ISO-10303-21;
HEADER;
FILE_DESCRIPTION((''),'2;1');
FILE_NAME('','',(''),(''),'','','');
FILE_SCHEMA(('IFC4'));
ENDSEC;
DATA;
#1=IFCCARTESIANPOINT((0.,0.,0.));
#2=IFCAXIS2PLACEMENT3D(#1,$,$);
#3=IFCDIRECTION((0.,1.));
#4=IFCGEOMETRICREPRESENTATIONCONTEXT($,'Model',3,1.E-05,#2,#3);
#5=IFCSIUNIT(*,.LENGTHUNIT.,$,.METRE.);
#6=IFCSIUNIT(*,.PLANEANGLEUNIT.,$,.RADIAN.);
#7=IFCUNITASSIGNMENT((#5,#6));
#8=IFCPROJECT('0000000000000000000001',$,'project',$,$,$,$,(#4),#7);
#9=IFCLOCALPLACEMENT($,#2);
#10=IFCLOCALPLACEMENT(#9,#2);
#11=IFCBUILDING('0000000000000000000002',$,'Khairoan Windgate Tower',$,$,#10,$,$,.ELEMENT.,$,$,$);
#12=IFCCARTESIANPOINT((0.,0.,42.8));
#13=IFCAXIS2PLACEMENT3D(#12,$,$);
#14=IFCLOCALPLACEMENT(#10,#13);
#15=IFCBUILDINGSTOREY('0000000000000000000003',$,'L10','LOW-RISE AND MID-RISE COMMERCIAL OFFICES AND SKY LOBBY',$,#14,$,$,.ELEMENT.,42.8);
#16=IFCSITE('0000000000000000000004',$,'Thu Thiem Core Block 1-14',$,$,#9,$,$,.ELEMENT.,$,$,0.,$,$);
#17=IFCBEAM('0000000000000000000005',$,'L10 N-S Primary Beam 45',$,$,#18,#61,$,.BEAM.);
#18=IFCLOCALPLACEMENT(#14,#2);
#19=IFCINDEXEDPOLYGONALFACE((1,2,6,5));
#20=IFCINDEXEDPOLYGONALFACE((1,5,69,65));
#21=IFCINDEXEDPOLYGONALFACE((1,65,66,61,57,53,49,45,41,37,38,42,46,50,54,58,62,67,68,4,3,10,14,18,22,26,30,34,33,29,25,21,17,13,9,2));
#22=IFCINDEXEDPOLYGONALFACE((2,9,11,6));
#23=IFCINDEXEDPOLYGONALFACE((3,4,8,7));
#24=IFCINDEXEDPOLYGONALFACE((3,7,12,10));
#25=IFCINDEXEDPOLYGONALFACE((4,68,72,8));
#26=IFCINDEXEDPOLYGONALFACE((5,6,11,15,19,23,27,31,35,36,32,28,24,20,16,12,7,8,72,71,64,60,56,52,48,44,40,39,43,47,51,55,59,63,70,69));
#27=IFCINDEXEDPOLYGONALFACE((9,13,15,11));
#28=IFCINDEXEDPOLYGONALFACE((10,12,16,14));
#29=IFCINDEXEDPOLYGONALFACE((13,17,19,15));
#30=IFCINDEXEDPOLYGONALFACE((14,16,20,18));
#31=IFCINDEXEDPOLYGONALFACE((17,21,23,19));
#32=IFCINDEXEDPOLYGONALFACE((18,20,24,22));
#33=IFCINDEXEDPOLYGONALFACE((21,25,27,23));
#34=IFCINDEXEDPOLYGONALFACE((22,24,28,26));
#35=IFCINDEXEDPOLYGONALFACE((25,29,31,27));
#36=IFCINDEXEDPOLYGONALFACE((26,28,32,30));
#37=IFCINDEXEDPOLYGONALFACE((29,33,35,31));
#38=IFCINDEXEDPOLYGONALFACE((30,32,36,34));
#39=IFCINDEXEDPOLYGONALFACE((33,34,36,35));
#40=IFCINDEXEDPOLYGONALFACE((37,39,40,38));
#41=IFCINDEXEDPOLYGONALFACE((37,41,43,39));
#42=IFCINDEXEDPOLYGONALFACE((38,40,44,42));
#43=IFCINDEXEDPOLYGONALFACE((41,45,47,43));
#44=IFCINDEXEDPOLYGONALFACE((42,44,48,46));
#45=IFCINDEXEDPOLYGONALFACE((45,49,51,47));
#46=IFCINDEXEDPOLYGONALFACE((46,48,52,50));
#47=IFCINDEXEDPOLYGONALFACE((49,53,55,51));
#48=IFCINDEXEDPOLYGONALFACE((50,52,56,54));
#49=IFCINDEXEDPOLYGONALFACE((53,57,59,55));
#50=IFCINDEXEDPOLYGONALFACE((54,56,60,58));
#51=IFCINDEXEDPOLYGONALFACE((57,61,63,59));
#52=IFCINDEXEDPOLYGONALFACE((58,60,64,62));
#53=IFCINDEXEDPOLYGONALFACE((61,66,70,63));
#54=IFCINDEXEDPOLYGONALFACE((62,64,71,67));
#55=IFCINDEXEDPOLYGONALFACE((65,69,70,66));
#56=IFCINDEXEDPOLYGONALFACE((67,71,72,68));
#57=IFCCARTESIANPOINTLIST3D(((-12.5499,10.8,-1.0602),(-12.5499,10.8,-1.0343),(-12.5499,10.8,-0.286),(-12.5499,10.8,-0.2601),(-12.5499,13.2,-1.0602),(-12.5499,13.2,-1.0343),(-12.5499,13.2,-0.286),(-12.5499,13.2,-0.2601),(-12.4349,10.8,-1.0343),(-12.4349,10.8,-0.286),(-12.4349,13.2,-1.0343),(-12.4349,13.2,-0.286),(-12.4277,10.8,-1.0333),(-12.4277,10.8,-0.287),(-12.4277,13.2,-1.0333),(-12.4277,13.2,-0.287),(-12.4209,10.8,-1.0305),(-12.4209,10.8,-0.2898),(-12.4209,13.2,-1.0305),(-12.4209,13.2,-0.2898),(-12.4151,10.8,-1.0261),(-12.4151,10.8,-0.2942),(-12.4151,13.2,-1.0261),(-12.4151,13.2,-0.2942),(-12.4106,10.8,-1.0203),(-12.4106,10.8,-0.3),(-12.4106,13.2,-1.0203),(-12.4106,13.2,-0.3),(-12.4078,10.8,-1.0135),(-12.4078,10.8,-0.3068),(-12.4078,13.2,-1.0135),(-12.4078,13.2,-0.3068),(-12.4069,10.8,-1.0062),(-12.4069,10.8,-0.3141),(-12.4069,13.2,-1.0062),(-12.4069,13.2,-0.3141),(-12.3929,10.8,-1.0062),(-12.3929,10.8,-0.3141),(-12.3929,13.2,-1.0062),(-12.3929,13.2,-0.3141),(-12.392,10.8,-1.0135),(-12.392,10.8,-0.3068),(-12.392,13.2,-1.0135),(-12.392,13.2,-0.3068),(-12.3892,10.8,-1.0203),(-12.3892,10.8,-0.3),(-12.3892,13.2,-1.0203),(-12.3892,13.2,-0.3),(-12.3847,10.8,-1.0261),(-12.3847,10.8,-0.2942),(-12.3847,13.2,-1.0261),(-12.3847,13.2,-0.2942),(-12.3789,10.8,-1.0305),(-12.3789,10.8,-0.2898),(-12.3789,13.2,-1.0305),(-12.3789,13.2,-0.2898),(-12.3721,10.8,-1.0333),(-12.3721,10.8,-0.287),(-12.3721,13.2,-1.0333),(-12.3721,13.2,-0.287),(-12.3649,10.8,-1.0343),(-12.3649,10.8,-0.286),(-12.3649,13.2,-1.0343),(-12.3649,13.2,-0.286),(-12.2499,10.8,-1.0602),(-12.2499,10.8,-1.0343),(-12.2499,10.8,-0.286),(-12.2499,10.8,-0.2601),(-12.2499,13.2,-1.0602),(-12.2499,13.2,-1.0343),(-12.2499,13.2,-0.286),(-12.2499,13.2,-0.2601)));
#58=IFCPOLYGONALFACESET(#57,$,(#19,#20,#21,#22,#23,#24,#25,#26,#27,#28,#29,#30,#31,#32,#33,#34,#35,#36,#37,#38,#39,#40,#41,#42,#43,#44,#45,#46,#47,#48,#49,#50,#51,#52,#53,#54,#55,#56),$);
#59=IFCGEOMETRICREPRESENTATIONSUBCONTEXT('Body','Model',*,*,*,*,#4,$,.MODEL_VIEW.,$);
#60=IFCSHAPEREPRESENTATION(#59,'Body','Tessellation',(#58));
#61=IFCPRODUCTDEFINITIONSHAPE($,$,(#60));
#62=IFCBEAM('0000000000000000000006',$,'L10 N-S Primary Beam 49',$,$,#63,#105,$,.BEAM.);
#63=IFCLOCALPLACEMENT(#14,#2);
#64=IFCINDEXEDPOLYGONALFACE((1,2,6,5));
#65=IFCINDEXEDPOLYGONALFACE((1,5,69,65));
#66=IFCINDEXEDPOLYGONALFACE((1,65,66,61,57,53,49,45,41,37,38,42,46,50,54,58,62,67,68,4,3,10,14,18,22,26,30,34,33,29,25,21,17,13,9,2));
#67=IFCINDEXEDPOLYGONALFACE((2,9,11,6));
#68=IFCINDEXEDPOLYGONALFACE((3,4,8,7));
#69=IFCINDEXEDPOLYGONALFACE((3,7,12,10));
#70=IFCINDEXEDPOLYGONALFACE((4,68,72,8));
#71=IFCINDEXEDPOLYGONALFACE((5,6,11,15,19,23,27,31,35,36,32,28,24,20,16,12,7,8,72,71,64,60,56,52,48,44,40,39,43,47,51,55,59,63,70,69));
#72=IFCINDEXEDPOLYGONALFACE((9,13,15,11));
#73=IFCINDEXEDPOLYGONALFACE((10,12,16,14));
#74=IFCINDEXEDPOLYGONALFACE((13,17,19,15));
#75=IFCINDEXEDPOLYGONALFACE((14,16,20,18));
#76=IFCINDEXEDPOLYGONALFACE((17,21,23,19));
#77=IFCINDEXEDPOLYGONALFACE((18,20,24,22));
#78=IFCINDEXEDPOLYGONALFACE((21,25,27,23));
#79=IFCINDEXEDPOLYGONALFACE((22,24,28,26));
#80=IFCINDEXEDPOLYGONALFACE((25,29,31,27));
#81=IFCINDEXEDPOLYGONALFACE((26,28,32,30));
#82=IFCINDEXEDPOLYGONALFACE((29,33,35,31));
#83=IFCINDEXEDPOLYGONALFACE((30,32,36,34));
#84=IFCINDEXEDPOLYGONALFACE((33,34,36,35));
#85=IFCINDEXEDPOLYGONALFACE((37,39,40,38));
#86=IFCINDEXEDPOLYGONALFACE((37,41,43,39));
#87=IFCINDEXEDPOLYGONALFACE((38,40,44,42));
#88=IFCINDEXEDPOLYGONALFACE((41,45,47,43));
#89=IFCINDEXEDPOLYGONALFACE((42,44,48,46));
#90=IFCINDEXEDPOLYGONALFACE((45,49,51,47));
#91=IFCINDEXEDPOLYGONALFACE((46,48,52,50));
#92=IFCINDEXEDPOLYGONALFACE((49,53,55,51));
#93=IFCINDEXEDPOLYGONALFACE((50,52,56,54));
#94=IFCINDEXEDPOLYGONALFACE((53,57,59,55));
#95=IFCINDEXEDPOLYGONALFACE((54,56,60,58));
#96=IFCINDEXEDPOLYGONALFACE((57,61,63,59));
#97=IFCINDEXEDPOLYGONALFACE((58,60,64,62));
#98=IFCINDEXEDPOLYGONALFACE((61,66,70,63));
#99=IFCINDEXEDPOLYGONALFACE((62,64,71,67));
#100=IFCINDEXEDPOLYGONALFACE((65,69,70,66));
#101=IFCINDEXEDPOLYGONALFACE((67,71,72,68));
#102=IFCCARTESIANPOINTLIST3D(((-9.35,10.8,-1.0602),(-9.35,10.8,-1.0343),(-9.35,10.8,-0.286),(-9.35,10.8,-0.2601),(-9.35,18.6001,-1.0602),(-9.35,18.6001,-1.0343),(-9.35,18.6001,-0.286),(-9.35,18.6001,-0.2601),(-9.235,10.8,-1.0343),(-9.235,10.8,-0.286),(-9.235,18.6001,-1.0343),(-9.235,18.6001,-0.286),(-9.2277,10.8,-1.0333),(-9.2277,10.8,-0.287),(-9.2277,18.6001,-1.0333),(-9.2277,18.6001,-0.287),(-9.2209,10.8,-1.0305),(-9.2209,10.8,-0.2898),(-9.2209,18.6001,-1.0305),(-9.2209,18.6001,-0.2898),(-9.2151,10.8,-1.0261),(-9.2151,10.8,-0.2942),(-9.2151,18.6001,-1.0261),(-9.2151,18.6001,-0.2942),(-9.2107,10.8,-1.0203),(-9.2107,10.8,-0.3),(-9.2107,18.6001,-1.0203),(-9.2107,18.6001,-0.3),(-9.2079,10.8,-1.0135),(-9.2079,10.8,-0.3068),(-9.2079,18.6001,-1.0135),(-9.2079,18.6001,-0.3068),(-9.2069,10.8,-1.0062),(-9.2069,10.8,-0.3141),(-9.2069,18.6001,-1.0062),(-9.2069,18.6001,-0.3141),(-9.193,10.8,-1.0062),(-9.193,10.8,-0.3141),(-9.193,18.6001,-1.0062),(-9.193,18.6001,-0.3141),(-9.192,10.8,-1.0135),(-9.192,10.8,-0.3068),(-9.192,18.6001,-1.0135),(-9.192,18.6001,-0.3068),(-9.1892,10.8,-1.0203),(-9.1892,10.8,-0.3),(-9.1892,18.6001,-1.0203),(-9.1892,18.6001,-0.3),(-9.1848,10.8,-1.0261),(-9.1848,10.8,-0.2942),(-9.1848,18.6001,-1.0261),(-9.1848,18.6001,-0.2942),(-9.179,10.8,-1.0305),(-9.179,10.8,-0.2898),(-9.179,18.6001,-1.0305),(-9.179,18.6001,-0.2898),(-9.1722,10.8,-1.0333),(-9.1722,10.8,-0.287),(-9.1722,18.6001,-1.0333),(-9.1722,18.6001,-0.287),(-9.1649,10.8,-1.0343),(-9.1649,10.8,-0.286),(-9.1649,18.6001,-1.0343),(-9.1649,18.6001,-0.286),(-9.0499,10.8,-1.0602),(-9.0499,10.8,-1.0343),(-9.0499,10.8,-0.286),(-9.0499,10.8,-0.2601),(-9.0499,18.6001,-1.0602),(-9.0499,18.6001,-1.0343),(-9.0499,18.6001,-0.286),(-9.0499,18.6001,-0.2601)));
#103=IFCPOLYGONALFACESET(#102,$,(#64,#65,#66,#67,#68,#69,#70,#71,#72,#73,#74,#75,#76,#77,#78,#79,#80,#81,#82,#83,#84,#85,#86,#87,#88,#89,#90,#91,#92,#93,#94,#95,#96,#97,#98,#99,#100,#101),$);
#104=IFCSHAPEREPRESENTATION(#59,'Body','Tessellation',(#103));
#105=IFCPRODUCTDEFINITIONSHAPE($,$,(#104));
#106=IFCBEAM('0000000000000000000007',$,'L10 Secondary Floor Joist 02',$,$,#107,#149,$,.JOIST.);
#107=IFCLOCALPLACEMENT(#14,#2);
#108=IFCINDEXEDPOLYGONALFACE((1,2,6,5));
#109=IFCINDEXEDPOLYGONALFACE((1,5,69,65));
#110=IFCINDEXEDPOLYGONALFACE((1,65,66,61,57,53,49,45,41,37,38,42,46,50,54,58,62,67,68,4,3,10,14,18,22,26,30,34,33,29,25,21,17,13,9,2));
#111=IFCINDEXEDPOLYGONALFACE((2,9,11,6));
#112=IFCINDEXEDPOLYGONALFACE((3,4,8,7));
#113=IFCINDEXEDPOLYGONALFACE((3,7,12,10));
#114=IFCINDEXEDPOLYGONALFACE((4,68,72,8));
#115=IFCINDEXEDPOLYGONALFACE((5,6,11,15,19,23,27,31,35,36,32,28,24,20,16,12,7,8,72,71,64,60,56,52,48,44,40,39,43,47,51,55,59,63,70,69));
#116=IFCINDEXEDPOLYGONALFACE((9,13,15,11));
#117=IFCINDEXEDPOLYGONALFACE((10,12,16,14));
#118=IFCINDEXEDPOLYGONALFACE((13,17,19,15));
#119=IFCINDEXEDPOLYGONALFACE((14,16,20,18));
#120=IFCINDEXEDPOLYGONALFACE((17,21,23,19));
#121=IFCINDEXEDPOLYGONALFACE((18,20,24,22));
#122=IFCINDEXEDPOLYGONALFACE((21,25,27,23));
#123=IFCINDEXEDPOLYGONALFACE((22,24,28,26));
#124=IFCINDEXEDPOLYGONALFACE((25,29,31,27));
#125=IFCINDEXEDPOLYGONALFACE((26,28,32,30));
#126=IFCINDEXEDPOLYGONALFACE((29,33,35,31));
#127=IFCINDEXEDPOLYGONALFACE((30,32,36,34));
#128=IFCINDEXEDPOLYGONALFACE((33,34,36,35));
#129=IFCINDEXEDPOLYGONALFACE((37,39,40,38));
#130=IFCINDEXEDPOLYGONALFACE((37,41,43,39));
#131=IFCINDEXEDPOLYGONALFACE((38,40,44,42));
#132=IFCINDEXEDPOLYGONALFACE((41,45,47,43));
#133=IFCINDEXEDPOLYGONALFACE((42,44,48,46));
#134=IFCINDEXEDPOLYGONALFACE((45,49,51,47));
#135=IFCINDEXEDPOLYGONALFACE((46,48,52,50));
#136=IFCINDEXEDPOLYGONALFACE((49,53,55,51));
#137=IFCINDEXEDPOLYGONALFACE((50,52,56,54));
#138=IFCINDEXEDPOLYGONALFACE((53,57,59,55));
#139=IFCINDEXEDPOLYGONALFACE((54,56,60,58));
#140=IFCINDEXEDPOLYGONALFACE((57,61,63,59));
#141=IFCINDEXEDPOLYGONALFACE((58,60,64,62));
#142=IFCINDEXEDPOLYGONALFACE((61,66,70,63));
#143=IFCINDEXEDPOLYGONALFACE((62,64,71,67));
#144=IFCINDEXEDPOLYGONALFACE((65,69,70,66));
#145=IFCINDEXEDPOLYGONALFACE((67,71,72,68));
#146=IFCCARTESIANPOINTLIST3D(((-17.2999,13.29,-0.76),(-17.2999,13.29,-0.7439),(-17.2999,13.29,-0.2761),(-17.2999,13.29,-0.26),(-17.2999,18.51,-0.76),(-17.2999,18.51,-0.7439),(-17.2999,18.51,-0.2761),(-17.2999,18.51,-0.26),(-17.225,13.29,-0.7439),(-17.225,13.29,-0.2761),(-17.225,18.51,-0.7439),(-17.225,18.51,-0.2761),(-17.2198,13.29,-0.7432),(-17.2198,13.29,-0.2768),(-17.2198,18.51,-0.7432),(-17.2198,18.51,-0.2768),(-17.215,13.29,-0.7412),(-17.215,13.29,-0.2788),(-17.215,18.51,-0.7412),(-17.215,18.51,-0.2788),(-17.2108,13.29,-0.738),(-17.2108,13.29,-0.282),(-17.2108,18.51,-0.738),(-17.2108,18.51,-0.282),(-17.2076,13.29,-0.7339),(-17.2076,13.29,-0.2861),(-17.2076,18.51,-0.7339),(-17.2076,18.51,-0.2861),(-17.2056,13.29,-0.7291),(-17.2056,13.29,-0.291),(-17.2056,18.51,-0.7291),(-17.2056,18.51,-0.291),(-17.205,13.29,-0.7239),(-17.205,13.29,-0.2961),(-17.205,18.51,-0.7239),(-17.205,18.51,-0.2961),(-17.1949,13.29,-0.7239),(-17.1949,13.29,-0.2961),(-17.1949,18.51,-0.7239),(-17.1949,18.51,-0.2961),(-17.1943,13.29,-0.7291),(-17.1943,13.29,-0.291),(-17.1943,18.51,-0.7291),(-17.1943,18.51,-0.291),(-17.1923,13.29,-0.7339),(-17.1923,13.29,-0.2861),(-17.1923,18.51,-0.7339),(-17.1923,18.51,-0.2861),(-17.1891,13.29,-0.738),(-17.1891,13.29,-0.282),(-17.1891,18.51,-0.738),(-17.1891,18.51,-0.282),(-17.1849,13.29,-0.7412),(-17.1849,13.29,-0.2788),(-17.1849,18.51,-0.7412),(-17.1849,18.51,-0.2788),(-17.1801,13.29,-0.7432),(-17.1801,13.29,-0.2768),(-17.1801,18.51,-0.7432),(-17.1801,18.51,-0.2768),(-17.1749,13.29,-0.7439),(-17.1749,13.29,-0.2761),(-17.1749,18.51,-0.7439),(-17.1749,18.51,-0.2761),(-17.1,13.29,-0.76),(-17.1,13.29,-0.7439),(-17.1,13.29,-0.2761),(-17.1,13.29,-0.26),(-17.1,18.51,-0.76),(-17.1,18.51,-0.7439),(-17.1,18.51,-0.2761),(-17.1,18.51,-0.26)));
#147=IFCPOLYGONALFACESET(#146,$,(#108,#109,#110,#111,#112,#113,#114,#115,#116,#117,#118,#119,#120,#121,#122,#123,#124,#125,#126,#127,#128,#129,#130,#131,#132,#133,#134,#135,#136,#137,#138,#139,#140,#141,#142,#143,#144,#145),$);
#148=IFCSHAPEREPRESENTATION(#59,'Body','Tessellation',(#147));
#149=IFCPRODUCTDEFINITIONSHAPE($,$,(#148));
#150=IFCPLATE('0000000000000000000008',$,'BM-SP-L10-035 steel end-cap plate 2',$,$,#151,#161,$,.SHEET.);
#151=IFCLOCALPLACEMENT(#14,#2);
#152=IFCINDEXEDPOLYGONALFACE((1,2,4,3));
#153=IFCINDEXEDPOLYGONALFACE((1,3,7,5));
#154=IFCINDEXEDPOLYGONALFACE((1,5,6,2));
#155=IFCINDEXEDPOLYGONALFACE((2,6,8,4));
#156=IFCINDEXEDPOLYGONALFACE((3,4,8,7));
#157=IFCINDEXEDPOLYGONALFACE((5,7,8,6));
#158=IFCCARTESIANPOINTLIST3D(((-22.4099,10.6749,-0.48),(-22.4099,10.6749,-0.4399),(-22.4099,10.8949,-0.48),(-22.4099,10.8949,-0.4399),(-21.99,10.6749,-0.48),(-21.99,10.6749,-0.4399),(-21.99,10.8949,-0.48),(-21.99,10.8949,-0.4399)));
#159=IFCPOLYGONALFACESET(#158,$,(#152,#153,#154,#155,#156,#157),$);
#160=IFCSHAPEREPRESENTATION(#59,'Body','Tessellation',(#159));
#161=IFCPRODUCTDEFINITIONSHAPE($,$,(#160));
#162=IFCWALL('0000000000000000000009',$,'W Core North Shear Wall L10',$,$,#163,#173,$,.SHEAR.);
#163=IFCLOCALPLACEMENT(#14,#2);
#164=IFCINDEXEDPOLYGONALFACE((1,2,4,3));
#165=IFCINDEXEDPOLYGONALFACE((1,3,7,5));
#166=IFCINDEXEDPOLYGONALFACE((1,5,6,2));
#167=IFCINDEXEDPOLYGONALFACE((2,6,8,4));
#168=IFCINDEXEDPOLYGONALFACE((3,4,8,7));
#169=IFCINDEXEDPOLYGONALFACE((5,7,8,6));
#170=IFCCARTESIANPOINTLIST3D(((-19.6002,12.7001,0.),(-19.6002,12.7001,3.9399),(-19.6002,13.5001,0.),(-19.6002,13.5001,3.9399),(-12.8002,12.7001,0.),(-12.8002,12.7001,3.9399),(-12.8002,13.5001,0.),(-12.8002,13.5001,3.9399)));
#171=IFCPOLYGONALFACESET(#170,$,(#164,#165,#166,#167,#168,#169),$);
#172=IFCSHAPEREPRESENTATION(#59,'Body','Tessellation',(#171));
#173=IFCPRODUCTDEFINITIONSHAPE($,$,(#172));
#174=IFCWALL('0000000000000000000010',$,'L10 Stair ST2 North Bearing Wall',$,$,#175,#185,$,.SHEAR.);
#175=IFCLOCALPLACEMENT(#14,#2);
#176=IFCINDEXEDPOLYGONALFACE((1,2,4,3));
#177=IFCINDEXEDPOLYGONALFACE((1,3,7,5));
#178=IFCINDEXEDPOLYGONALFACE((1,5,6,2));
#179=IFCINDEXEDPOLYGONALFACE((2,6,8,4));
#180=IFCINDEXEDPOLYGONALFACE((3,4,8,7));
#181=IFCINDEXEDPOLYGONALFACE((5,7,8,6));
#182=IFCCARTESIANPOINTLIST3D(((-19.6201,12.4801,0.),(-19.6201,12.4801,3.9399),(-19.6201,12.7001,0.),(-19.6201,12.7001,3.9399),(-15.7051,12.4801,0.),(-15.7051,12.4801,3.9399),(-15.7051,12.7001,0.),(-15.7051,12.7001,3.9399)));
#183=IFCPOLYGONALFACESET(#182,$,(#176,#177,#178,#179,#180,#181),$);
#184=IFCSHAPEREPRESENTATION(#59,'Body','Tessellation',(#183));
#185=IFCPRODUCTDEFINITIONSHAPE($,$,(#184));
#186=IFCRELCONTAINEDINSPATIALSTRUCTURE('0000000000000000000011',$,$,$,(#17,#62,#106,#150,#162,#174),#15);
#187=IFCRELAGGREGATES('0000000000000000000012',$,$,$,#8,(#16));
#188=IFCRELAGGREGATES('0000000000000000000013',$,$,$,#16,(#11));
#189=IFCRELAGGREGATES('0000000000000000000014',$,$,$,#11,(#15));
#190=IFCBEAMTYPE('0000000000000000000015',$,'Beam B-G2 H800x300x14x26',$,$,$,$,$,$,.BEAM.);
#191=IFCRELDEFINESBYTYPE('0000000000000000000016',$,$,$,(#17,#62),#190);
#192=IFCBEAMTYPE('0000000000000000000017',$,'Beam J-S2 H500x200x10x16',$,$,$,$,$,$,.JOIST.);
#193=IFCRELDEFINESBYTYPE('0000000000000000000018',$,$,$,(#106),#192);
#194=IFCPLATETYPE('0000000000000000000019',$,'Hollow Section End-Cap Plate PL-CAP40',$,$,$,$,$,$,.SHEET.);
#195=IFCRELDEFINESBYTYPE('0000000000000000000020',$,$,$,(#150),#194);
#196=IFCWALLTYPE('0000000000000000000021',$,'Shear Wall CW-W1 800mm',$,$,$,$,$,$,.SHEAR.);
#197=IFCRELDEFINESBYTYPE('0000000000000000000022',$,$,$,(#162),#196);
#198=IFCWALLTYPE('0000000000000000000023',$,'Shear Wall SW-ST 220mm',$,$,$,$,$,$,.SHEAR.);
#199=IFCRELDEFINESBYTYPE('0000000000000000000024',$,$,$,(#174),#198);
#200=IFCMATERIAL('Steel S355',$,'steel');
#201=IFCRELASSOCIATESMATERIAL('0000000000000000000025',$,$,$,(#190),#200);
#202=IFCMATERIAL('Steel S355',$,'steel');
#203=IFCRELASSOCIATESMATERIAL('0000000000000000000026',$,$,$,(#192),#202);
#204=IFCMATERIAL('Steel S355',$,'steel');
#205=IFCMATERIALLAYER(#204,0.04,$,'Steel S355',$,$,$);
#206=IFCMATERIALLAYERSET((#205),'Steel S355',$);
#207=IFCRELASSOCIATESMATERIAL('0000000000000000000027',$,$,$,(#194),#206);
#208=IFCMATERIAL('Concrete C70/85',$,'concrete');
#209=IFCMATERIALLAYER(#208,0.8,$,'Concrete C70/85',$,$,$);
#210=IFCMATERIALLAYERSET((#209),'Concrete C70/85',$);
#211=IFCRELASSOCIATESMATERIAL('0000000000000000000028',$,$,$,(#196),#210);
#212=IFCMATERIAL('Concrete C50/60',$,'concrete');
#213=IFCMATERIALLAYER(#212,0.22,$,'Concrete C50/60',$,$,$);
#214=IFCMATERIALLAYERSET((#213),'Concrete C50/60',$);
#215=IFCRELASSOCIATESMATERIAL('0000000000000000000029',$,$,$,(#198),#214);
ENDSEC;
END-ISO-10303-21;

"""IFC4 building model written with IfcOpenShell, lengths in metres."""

from ifc_helpers import new_model, si_unit, direction, frame, frame_2d, origin, origin_2d, place, context, subcontext, project, spatial, rectangle, i_section, extrude, material, layer, layer_set, material_profile, profile_set, type_object, element, save


model = new_model("IFC4")

# Units and contexts
model_context = context("Model", 3, precision=1e-05, world=origin(), true_north=direction((0.0, 1.0)))
body_context = subcontext(model_context, "Body", "Model", "MODEL_VIEW")
ifc_project = project(units=[si_unit("LENGTHUNIT", "METRE"), si_unit("PLANEANGLEUNIT", "RADIAN")], contexts=[model_context])

# Site, building, storey
site_placement = place(None, origin())
site = spatial("IfcSite", under=ifc_project, at=site_placement, Name="Thu Thiem Core Block 1-14", CompositionType="ELEMENT", RefElevation=0.0)
building_placement = place(site_placement, origin())
building = spatial("IfcBuilding", under=site, at=building_placement, Name="Khairoan Windgate Tower", CompositionType="ELEMENT")
storey_placement = place(building_placement, frame((0.0, 0.0, 42.8)))
storey = spatial("IfcBuildingStorey", under=building, at=storey_placement, Name="L10", Description="LOW-RISE AND MID-RISE COMMERCIAL OFFICES AND SKY LOBBY", CompositionType="ELEMENT", Elevation=42.8)

# Beams
ifc_material_1 = material(Name="Steel S355", Category="steel")
ifc_material_profile_1 = material_profile(ifc_material_1, i_section(OverallWidth=0.3, OverallDepth=0.8, WebThickness=0.0139, FlangeThickness=0.0259, FilletRadius=0.0281, at=origin_2d()))
ifc_profile_set_1 = profile_set([ifc_material_profile_1], Name="Steel S355")
beam_type_1 = type_object("IfcBeamType", Name="Beam B-G2 H800x300x14x26", PredefinedType="BEAM", material=ifc_profile_set_1)
beam_1_placement = place(storey_placement, frame((-12.3999, 10.8, -0.6602), z_axis=(0.0, 1.0, 0.0), x_axis=(-1.0, 0.0, 0.0)))
element("IfcBeam", 1, at=beam_1_placement, inside=storey, type_object=beam_type_1, Name="L10 N-S Primary Beam 45", PredefinedType="BEAM", context=body_context, shape_type="SweptSolid", body=[
    extrude(i_section(OverallWidth=0.3, OverallDepth=0.8, WebThickness=0.0139, FlangeThickness=0.0259, FilletRadius=0.0281, at=origin_2d()), origin(), (0.0, 0.0, 1.0), 2.3999),
])
beam_2_placement = place(storey_placement, frame((-9.2, 10.8, -0.6602), z_axis=(0.0, 1.0, 0.0), x_axis=(-1.0, 0.0, 0.0)))
element("IfcBeam", 2, at=beam_2_placement, inside=storey, type_object=beam_type_1, Name="L10 N-S Primary Beam 49", PredefinedType="BEAM", context=body_context, shape_type="SweptSolid", body=[
    extrude(i_section(OverallWidth=0.3, OverallDepth=0.8, WebThickness=0.0139, FlangeThickness=0.0259, FilletRadius=0.0281, at=origin_2d()), origin(), (0.0, 0.0, 1.0), 7.8),
])
ifc_material_2 = material(Name="Steel S355", Category="steel")
ifc_material_profile_2 = material_profile(ifc_material_2, i_section(OverallWidth=0.2, OverallDepth=0.5, WebThickness=0.01, FlangeThickness=0.0161, FilletRadius=0.02, at=origin_2d()))
ifc_profile_set_2 = profile_set([ifc_material_profile_2], Name="Steel S355")
beam_type_2 = type_object("IfcBeamType", Name="Beam J-S2 H500x200x10x16", PredefinedType="JOIST", material=ifc_profile_set_2)
beam_3_placement = place(storey_placement, frame((-17.2, 13.29, -0.51), z_axis=(0.0, 1.0, 0.0), x_axis=(-1.0, 0.0, 0.0)))
element("IfcBeam", 3, at=beam_3_placement, inside=storey, type_object=beam_type_2, Name="L10 Secondary Floor Joist 02", PredefinedType="JOIST", context=body_context, shape_type="SweptSolid", body=[
    extrude(i_section(OverallWidth=0.2, OverallDepth=0.5, WebThickness=0.01, FlangeThickness=0.0161, FilletRadius=0.02, at=origin_2d()), origin(), (0.0, 0.0, 1.0), 5.22),
])

# Plate
ifc_material_3 = material(Name="Steel S355", Category="steel")
ifc_layer_1 = layer(ifc_material_3, 0.04, Name="Steel S355")
ifc_layer_set_1 = layer_set([ifc_layer_1], Name="Steel S355")
plate_type = type_object("IfcPlateType", Name="Hollow Section End-Cap Plate PL-CAP40", PredefinedType="SHEET", material=ifc_layer_set_1)
plate_placement = place(storey_placement, frame((-22.2, 10.7849, -0.48), z_axis=(0.0, 0.0, 1.0), x_axis=(0.0, 1.0, 0.0)))
element("IfcPlate", 4, at=plate_placement, inside=storey, type_object=plate_type, Name="BM-SP-L10-035 steel end-cap plate 2", PredefinedType="SHEET", context=body_context, shape_type="SweptSolid", body=[
    extrude(rectangle(XDim=0.22, YDim=0.4199, at=origin_2d()), origin(), (0.0, 0.0, 1.0), 0.04),
])

# Walls
ifc_material_4 = material(Name="Concrete C70/85", Category="concrete")
ifc_layer_2 = layer(ifc_material_4, 0.8, Name="Concrete C70/85")
ifc_layer_set_2 = layer_set([ifc_layer_2], Name="Concrete C70/85")
wall_type_1 = type_object("IfcWallType", Name="Shear Wall CW-W1 800mm", PredefinedType="SHEAR", material=ifc_layer_set_2)
wall_1_placement = place(storey_placement, frame((-19.6001, 13.1001, 0.0), z_axis=(0.0, 0.0, 1.0), x_axis=(1.0, 0.0, 0.0)))
element("IfcWall", 5, at=wall_1_placement, inside=storey, type_object=wall_type_1, Name="W Core North Shear Wall L10", PredefinedType="SHEAR", context=body_context, shape_type="SweptSolid", body=[
    extrude(rectangle(XDim=6.8, YDim=0.8, at=frame_2d((3.3999, 0.0))), origin(), (0.0, 0.0, 1.0), 3.9399),
])
ifc_material_5 = material(Name="Concrete C50/60", Category="concrete")
ifc_layer_3 = layer(ifc_material_5, 0.22, Name="Concrete C50/60")
ifc_layer_set_3 = layer_set([ifc_layer_3], Name="Concrete C50/60")
wall_type_2 = type_object("IfcWallType", Name="Shear Wall SW-ST 220mm", PredefinedType="SHEAR", material=ifc_layer_set_3)
wall_2_placement = place(storey_placement, frame((-19.6201, 12.5901, 0.0), z_axis=(0.0, 0.0, 1.0), x_axis=(1.0, 0.0, 0.0)))
element("IfcWall", 6, at=wall_2_placement, inside=storey, type_object=wall_type_2, Name="L10 Stair ST2 North Bearing Wall", PredefinedType="SHEAR", context=body_context, shape_type="SweptSolid", body=[
    extrude(rectangle(XDim=3.915, YDim=0.22, at=frame_2d((1.9575, 0.0))), origin(), (0.0, 0.0, 1.0), 3.9399),
])

save(model, "model.ifc")
